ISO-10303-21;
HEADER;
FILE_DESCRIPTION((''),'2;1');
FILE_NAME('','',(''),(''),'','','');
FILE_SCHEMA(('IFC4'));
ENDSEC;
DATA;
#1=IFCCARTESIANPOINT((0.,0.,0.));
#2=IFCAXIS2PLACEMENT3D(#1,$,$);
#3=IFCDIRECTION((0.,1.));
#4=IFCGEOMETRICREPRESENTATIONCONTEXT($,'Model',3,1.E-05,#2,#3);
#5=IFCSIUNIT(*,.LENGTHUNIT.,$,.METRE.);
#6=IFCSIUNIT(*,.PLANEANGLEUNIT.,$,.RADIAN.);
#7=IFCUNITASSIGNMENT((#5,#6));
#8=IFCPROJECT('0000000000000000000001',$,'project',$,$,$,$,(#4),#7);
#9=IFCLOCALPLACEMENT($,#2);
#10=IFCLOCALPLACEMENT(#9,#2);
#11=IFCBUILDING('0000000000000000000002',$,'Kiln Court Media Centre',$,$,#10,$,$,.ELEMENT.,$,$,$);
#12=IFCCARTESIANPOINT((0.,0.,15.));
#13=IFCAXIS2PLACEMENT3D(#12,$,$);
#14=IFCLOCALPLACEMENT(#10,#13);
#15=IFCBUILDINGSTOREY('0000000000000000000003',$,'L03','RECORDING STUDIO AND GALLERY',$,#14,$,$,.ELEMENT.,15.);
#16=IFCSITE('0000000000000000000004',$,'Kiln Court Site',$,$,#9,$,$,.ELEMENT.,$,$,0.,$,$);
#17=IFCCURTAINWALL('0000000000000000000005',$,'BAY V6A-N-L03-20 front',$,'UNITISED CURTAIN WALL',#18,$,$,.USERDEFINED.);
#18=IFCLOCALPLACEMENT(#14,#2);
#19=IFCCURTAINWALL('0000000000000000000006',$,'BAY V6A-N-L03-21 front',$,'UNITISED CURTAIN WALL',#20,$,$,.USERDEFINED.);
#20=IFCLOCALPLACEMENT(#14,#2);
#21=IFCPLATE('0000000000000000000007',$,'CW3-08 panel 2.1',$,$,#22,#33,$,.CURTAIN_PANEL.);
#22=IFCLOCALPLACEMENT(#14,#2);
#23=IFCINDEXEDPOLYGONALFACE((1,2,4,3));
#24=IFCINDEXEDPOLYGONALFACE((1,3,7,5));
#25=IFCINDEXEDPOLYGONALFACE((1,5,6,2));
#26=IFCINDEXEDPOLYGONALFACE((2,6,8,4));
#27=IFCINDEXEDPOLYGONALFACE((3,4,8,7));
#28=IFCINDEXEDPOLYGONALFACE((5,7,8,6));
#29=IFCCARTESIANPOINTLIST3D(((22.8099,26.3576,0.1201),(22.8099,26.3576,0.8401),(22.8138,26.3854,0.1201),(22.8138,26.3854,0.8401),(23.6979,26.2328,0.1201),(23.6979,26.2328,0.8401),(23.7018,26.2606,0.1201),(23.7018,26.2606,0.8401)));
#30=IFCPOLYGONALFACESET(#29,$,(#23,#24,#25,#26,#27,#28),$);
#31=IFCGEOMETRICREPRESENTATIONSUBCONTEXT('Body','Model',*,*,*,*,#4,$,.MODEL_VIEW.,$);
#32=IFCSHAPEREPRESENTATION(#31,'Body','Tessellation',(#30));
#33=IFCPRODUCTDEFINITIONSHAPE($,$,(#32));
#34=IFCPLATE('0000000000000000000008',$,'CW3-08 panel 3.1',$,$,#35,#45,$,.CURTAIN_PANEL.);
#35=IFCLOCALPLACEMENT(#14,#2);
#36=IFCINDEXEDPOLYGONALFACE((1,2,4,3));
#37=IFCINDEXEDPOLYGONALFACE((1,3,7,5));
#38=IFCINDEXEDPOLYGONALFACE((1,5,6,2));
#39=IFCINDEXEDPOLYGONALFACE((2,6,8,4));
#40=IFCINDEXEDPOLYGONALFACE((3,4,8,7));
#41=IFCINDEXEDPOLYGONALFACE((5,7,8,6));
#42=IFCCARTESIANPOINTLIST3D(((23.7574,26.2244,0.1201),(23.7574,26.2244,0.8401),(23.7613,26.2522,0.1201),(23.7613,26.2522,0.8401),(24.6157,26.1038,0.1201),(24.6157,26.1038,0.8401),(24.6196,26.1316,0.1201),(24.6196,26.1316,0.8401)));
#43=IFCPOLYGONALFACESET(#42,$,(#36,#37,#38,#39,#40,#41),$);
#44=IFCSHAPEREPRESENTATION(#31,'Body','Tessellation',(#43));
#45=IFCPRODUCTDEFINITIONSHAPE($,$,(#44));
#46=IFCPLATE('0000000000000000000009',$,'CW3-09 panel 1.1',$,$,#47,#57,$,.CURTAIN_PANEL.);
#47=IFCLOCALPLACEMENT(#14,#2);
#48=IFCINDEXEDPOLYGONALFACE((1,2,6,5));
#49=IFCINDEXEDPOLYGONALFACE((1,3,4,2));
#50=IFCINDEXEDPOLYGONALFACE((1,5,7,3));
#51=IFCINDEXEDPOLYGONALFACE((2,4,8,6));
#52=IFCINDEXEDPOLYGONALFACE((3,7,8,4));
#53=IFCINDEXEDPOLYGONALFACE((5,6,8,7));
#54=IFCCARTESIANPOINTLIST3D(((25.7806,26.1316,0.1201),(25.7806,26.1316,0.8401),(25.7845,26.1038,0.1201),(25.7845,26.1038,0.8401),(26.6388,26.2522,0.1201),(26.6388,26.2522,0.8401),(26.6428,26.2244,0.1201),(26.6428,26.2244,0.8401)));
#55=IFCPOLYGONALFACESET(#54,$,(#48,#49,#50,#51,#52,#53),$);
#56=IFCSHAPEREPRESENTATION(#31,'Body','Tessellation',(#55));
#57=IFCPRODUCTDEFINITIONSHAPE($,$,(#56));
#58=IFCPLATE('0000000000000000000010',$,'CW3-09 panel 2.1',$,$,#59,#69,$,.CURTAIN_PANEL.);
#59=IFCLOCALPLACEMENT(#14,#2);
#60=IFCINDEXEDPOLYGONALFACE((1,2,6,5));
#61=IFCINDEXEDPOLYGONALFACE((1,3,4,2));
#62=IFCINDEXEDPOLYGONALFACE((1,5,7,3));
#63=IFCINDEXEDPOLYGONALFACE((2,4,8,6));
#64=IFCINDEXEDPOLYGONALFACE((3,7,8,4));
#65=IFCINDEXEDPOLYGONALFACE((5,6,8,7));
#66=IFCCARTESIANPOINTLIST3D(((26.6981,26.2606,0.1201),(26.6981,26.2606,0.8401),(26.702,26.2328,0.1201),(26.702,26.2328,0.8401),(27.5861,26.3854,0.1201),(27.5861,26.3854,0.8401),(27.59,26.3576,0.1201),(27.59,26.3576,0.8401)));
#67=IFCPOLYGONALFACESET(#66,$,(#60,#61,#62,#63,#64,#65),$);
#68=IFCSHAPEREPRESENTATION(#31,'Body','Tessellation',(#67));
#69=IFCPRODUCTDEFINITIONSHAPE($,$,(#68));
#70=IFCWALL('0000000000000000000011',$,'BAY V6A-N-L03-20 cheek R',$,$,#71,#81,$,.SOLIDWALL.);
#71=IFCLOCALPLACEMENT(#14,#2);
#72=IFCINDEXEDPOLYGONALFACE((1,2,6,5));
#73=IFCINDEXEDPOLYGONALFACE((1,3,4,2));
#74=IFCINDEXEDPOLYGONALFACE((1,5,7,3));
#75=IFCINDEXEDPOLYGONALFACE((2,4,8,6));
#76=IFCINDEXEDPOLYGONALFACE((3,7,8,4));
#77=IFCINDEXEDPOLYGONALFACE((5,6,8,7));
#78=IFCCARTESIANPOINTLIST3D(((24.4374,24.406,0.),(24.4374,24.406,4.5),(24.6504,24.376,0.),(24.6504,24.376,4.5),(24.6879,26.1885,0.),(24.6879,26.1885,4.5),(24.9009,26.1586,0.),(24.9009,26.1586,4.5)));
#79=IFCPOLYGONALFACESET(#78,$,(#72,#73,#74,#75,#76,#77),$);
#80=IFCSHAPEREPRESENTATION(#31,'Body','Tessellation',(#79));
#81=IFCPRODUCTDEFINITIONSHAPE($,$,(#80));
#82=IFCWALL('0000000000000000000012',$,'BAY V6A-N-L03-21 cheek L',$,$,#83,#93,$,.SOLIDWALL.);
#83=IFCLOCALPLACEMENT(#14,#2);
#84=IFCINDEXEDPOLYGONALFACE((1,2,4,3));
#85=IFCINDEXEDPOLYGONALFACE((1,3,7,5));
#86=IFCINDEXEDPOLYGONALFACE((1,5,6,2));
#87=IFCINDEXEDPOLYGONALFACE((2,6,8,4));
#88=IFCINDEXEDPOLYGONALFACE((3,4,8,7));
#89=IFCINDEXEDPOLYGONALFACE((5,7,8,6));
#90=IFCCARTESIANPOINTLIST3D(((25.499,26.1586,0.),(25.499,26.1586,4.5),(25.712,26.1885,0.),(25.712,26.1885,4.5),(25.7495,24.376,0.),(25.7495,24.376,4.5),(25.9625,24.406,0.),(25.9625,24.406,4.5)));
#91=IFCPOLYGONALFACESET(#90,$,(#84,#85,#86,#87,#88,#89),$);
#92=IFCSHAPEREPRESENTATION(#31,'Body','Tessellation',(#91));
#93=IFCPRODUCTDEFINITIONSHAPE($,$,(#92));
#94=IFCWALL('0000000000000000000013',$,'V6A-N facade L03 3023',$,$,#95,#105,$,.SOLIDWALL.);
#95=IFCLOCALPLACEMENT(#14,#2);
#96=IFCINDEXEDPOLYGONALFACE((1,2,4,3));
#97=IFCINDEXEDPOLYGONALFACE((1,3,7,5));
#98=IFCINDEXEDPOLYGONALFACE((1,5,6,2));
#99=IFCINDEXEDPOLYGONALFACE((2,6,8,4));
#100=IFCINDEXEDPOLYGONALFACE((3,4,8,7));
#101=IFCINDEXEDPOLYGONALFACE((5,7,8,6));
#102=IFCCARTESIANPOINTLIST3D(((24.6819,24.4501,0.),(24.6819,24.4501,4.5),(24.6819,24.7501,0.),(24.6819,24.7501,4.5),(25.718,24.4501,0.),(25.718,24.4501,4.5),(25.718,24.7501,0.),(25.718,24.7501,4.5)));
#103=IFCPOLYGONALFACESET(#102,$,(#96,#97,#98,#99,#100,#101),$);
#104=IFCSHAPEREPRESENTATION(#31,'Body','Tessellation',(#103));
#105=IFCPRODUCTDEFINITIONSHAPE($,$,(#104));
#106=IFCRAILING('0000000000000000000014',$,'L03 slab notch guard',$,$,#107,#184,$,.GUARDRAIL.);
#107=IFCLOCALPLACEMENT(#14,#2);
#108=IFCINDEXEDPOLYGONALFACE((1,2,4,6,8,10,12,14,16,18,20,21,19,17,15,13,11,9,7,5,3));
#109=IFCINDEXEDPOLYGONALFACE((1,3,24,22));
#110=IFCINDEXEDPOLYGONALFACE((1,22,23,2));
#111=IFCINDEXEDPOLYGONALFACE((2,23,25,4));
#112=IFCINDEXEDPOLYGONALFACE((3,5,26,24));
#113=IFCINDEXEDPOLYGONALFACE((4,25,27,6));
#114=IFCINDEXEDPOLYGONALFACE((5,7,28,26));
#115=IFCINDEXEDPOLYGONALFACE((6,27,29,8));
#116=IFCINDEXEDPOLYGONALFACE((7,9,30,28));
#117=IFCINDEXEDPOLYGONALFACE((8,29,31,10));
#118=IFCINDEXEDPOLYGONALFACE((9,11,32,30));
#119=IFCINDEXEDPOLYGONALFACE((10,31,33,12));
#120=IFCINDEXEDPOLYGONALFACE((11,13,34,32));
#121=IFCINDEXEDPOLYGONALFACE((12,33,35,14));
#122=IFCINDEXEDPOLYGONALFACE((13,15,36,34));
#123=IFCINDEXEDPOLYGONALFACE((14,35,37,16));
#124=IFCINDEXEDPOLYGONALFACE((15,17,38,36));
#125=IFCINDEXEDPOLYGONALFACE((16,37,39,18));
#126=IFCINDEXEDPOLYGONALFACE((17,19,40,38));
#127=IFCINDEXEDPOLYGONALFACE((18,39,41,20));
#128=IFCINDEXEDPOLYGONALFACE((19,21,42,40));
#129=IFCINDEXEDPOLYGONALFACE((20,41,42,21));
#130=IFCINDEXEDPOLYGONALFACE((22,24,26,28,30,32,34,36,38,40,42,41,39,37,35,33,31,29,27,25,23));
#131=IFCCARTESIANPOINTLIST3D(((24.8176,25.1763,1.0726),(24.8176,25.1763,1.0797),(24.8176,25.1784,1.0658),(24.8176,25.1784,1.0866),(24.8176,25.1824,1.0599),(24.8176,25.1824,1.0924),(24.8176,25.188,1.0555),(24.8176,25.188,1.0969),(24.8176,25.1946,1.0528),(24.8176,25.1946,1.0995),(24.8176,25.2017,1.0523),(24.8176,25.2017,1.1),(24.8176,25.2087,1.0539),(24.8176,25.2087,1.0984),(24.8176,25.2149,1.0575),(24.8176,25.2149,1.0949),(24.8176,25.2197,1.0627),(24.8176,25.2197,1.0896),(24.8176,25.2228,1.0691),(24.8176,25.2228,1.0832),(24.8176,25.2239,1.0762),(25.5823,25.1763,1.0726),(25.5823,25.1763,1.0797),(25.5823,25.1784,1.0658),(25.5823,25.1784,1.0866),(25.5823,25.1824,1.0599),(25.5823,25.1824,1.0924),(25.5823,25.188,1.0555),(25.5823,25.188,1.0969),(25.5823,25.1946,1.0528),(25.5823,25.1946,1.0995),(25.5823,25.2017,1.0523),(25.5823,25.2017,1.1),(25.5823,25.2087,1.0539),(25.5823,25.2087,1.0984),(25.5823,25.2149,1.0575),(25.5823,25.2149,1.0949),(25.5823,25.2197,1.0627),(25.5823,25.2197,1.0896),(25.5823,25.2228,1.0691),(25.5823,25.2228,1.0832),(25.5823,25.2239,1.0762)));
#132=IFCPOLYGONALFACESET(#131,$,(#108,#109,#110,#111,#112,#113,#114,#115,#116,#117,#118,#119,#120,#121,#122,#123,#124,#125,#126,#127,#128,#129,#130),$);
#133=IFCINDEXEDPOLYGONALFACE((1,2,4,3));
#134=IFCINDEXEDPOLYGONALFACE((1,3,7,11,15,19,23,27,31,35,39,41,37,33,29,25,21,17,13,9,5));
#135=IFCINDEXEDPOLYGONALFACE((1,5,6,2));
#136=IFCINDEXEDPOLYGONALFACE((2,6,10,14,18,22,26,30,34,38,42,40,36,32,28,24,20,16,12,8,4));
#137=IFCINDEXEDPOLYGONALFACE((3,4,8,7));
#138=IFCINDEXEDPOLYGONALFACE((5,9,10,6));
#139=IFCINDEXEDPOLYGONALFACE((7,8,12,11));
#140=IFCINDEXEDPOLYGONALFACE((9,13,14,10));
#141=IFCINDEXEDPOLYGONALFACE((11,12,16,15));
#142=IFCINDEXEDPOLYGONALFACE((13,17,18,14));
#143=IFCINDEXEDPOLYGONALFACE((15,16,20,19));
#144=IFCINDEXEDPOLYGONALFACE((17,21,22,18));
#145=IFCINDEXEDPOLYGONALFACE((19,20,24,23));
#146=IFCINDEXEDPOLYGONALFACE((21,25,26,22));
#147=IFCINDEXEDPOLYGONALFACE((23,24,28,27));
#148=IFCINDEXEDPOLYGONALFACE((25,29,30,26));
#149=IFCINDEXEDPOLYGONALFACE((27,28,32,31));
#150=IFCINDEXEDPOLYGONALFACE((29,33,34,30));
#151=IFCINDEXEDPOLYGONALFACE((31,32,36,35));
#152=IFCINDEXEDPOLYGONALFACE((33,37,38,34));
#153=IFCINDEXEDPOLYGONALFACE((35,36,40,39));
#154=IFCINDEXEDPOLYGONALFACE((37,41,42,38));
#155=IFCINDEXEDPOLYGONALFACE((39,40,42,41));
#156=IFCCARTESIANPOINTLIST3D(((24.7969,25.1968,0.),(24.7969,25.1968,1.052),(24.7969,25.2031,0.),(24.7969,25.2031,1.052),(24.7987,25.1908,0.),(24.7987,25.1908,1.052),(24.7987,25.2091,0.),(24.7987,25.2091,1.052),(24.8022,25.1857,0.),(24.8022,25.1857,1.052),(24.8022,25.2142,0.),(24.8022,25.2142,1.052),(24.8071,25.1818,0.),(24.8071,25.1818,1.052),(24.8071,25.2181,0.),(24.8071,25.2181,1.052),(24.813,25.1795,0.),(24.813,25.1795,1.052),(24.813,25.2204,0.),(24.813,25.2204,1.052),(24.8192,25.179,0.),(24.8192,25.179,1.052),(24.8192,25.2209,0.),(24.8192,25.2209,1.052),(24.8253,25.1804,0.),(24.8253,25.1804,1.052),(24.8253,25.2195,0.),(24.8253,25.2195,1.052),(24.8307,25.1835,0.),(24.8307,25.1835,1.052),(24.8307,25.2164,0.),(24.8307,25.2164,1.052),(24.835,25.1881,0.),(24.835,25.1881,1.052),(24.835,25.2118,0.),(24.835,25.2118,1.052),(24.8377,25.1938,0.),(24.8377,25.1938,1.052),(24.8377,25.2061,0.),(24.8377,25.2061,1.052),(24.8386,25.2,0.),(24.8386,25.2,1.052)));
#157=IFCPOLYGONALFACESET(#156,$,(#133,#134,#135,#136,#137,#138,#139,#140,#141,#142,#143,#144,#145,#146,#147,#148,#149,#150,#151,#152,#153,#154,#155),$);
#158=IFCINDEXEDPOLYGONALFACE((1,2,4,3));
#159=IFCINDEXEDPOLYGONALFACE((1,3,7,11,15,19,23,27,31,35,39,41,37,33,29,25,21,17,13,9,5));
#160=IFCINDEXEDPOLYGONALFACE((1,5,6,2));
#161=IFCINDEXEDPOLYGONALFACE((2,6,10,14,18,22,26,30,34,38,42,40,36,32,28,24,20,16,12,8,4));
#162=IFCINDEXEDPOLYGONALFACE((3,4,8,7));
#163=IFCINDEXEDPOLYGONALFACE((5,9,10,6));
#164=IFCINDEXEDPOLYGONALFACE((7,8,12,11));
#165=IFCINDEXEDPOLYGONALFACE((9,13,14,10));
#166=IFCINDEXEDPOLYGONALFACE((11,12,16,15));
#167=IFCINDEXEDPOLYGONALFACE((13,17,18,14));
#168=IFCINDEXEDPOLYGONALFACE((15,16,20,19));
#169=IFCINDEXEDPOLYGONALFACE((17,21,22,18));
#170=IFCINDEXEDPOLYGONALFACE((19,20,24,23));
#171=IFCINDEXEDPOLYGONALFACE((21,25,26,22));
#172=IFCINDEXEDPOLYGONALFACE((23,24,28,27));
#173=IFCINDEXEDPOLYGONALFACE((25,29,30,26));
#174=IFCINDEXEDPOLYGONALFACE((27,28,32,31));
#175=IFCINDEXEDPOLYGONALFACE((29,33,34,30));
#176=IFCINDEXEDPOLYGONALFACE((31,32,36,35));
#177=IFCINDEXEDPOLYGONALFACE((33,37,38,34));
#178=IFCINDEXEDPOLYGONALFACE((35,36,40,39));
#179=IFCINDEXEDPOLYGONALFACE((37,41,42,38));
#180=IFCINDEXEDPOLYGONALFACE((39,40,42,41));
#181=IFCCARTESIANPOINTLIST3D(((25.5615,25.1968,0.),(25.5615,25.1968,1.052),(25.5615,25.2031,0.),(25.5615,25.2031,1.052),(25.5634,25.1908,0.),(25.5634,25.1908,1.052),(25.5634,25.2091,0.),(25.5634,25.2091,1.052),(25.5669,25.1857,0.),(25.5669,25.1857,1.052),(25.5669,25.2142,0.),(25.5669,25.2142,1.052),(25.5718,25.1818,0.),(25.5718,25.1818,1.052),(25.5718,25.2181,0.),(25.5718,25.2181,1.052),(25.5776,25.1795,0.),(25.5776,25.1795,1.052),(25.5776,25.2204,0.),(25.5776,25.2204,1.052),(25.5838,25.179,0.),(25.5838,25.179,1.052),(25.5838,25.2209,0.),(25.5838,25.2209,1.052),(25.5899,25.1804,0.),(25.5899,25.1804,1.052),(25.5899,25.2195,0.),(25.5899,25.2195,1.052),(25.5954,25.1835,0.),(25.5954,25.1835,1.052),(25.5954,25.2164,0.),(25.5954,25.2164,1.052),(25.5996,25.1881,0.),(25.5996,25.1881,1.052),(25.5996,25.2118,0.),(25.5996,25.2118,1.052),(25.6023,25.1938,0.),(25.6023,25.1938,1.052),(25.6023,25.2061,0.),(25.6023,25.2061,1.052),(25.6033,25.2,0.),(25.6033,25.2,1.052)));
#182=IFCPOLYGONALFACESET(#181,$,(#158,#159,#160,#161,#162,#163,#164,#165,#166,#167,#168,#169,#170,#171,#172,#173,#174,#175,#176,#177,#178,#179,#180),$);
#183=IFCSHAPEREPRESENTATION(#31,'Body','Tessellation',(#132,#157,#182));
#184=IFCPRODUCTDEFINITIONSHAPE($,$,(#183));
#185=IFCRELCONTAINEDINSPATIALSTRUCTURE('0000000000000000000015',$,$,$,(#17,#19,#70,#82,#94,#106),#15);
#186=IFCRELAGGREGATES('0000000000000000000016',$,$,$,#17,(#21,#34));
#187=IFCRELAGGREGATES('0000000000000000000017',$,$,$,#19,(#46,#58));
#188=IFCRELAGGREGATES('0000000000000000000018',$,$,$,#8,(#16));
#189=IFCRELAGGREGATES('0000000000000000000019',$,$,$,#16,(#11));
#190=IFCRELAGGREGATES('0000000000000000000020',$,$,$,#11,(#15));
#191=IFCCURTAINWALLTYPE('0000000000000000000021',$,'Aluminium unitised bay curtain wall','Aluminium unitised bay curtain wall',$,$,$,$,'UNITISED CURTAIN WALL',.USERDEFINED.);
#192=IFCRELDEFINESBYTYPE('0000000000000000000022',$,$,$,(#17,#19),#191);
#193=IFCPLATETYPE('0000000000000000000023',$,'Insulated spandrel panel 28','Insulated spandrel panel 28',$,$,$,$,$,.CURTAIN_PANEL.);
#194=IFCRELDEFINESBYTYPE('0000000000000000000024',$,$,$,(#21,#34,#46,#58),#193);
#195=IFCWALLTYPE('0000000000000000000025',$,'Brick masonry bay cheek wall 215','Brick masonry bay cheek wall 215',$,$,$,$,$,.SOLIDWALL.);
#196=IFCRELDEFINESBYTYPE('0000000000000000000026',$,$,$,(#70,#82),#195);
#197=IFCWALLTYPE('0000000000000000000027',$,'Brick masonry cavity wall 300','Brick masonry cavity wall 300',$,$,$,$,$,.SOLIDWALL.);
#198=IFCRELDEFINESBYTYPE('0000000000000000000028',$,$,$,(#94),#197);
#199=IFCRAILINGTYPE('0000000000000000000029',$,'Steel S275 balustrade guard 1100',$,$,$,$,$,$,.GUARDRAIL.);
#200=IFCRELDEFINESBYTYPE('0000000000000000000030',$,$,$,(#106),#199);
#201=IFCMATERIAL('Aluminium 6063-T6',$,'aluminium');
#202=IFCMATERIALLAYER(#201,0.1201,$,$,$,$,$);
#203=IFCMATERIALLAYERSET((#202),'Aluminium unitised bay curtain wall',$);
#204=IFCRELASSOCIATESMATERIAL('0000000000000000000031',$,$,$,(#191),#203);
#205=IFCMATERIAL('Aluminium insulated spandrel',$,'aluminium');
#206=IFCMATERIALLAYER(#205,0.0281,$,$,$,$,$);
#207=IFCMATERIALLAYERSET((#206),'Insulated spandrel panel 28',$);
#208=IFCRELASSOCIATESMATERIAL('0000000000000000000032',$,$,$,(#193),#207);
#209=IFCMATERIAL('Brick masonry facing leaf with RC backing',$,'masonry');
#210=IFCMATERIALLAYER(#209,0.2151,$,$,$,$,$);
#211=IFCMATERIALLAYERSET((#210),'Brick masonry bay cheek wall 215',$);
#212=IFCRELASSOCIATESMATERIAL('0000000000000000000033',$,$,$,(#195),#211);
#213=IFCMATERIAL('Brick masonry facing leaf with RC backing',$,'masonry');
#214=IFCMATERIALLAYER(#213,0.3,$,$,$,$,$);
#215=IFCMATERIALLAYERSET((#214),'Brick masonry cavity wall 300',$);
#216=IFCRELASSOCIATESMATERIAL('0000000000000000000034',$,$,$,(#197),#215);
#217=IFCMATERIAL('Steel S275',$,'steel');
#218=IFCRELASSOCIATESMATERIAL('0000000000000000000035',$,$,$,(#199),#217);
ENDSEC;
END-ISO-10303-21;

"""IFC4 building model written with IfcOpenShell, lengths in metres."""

from ifc_helpers import new_model, si_unit, direction, frame, frame_2d, origin, origin_2d, place, context, subcontext, project, spatial, rectangle, circle, extrude, material, layer, layer_set, type_object, element, aggregate, save


model = new_model("IFC4")

# Units and contexts
model_context = context("Model", 3, precision=1e-05, world=origin(), true_north=direction((0.0, 1.0)))
body_context = subcontext(model_context, "Body", "Model", "MODEL_VIEW")
ifc_project = project(units=[si_unit("LENGTHUNIT", "METRE"), si_unit("PLANEANGLEUNIT", "RADIAN")], contexts=[model_context])

# Site, building, storey
site_placement = place(None, origin())
site = spatial("IfcSite", under=ifc_project, at=site_placement, Name="Kiln Court Site", CompositionType="ELEMENT", RefElevation=0.0)
building_placement = place(site_placement, origin())
building = spatial("IfcBuilding", under=site, at=building_placement, Name="Kiln Court Media Centre", CompositionType="ELEMENT")
storey_placement = place(building_placement, frame((0.0, 0.0, 15.0)))
storey = spatial("IfcBuildingStorey", under=building, at=storey_placement, Name="L03", Description="RECORDING STUDIO AND GALLERY", CompositionType="ELEMENT", Elevation=15.0)

# Curtain walls
ifc_material_1 = material(Name="Aluminium 6063-T6", Category="aluminium")
ifc_layer_1 = layer(ifc_material_1, 0.1201)
ifc_layer_set_1 = layer_set([ifc_layer_1], Name="Aluminium unitised bay curtain wall")
curtain_wall_type = type_object("IfcCurtainWallType", Name="Aluminium unitised bay curtain wall", Description="Aluminium unitised bay curtain wall", ElementType="UNITISED CURTAIN WALL", PredefinedType="USERDEFINED", material=ifc_layer_set_1)
curtain_wall_1_placement = place(storey_placement, origin())
curtain_wall_1 = element("IfcCurtainWall", 1, at=curtain_wall_1_placement, inside=storey, type_object=curtain_wall_type, Name="BAY V6A-N-L03-20 front", ObjectType="UNITISED CURTAIN WALL", PredefinedType="USERDEFINED")
curtain_wall_2_placement = place(storey_placement, origin())
curtain_wall_2 = element("IfcCurtainWall", 2, at=curtain_wall_2_placement, inside=storey, type_object=curtain_wall_type, Name="BAY V6A-N-L03-21 front", ObjectType="UNITISED CURTAIN WALL", PredefinedType="USERDEFINED")

# Plates
ifc_material_2 = material(Name="Aluminium insulated spandrel", Category="aluminium")
ifc_layer_2 = layer(ifc_material_2, 0.0281)
ifc_layer_set_2 = layer_set([ifc_layer_2], Name="Insulated spandrel panel 28")
plate_type = type_object("IfcPlateType", Name="Insulated spandrel panel 28", Description="Insulated spandrel panel 28", PredefinedType="CURTAIN_PANEL", material=ifc_layer_set_2)
plate_1_placement = place(storey_placement, frame((23.2559, 26.3091, 0.1201), z_axis=(0.0, 0.0, 1.0), x_axis=(0.99027, -0.139162, 0.0)))
plate_1 = element("IfcPlate", 3, at=plate_1_placement, type_object=plate_type, Name="CW3-08 panel 2.1", PredefinedType="CURTAIN_PANEL", context=body_context, shape_type="SweptSolid", body=[
    extrude(rectangle(XDim=0.8967, YDim=0.0281, at=origin_2d()), origin(), (0.0, 0.0, 1.0), 0.72),
])
plate_2_placement = place(storey_placement, frame((24.1885, 26.178, 0.1201), z_axis=(0.0, 0.0, 1.0), x_axis=(0.99027, -0.139162, 0.0)))
plate_2 = element("IfcPlate", 4, at=plate_2_placement, type_object=plate_type, Name="CW3-08 panel 3.1", PredefinedType="CURTAIN_PANEL", context=body_context, shape_type="SweptSolid", body=[
    extrude(rectangle(XDim=0.8667, YDim=0.0281, at=origin_2d()), origin(), (0.0, 0.0, 1.0), 0.72),
])
aggregate(curtain_wall_1, [plate_1, plate_2])
plate_3_placement = place(storey_placement, frame((26.2117, 26.178, 0.1201), z_axis=(0.0, 0.0, 1.0), x_axis=(0.99027, 0.139162, 0.0)))
plate_3 = element("IfcPlate", 5, at=plate_3_placement, type_object=plate_type, Name="CW3-09 panel 1.1", PredefinedType="CURTAIN_PANEL", context=body_context, shape_type="SweptSolid", body=[
    extrude(rectangle(XDim=0.8667, YDim=0.0281, at=origin_2d()), origin(), (0.0, 0.0, 1.0), 0.72),
])
plate_4_placement = place(storey_placement, frame((27.144, 26.3091, 0.1201), z_axis=(0.0, 0.0, 1.0), x_axis=(0.99027, 0.139162, 0.0)))
plate_4 = element("IfcPlate", 6, at=plate_4_placement, type_object=plate_type, Name="CW3-09 panel 2.1", PredefinedType="CURTAIN_PANEL", context=body_context, shape_type="SweptSolid", body=[
    extrude(rectangle(XDim=0.8967, YDim=0.0281, at=origin_2d()), origin(), (0.0, 0.0, 1.0), 0.72),
])
aggregate(curtain_wall_2, [plate_3, plate_4])

# Walls
ifc_material_3 = material(Name="Brick masonry facing leaf with RC backing", Category="masonry")
ifc_layer_3 = layer(ifc_material_3, 0.2151)
ifc_layer_set_3 = layer_set([ifc_layer_3], Name="Brick masonry bay cheek wall 215")
wall_type_1 = type_object("IfcWallType", Name="Brick masonry bay cheek wall 215", Description="Brick masonry bay cheek wall 215", PredefinedType="SOLIDWALL", material=ifc_layer_set_3)
for number, where, z_axis, x_axis, name in (
    (7, (24.5439, 24.3911, 0.0), (0.0, 0.0, 1.0), (0.139161, 0.99027, 0.0), "BAY V6A-N-L03-20 cheek R"),
    (8, (25.856, 24.3911, 0.0), (0.0, 0.0, 1.0), (-0.139161, 0.99027, 0.0), "BAY V6A-N-L03-21 cheek L"),
):
    element("IfcWall", number, at=place(storey_placement, frame(where, z_axis=z_axis, x_axis=x_axis)), inside=storey, type_object=wall_type_1, Name=name, PredefinedType="SOLIDWALL", context=body_context, shape_type="SweptSolid", body=[
        extrude(rectangle(XDim=1.8, YDim=0.2151, at=frame_2d((0.8999, 0.0))), origin(), (0.0, 0.0, 1.0), 4.5),
    ])
ifc_material_4 = material(Name="Brick masonry facing leaf with RC backing", Category="masonry")
ifc_layer_4 = layer(ifc_material_4, 0.3)
ifc_layer_set_4 = layer_set([ifc_layer_4], Name="Brick masonry cavity wall 300")
wall_type_2 = type_object("IfcWallType", Name="Brick masonry cavity wall 300", Description="Brick masonry cavity wall 300", PredefinedType="SOLIDWALL", material=ifc_layer_set_4)
wall_placement = place(storey_placement, frame((24.6819, 24.6001, 0.0), z_axis=(0.0, 0.0, 1.0), x_axis=(1.0, 0.0, 0.0)))
element("IfcWall", 9, at=wall_placement, inside=storey, type_object=wall_type_2, Name="V6A-N facade L03 3023", PredefinedType="SOLIDWALL", context=body_context, shape_type="SweptSolid", body=[
    extrude(rectangle(XDim=1.0361, YDim=0.3, at=frame_2d((0.5181, 0.0))), origin(), (0.0, 0.0, 1.0), 4.5),
])

# Railing
ifc_material_5 = material(Name="Steel S275", Category="steel")
railing_type = type_object("IfcRailingType", Name="Steel S275 balustrade guard 1100", PredefinedType="GUARDRAIL", material=ifc_material_5)
railing_placement = place(storey_placement, frame((24.8176, 25.2, 0.0)))
element("IfcRailing", 10, at=railing_placement, inside=storey, type_object=railing_type, Name="L03 slab notch guard", PredefinedType="GUARDRAIL", context=body_context, shape_type="SweptSolid", body=[
    extrude(circle(Radius=0.0239, at=origin_2d()), frame((0.0, 0.0, 1.0762), z_axis=(1.0, 0.0, 0.0), x_axis=(0.0, 1.0, 0.0)), (0.0, 0.0, 1.0), 0.7646),
    extrude(circle(Radius=0.021, at=origin_2d()), origin(), (0.0, 0.0, 1.0), 1.052),
    extrude(circle(Radius=0.021, at=origin_2d()), frame((0.7646, 0.0, 0.0)), (0.0, 0.0, 1.0), 1.052),
])

save(model, "model.ifc")
